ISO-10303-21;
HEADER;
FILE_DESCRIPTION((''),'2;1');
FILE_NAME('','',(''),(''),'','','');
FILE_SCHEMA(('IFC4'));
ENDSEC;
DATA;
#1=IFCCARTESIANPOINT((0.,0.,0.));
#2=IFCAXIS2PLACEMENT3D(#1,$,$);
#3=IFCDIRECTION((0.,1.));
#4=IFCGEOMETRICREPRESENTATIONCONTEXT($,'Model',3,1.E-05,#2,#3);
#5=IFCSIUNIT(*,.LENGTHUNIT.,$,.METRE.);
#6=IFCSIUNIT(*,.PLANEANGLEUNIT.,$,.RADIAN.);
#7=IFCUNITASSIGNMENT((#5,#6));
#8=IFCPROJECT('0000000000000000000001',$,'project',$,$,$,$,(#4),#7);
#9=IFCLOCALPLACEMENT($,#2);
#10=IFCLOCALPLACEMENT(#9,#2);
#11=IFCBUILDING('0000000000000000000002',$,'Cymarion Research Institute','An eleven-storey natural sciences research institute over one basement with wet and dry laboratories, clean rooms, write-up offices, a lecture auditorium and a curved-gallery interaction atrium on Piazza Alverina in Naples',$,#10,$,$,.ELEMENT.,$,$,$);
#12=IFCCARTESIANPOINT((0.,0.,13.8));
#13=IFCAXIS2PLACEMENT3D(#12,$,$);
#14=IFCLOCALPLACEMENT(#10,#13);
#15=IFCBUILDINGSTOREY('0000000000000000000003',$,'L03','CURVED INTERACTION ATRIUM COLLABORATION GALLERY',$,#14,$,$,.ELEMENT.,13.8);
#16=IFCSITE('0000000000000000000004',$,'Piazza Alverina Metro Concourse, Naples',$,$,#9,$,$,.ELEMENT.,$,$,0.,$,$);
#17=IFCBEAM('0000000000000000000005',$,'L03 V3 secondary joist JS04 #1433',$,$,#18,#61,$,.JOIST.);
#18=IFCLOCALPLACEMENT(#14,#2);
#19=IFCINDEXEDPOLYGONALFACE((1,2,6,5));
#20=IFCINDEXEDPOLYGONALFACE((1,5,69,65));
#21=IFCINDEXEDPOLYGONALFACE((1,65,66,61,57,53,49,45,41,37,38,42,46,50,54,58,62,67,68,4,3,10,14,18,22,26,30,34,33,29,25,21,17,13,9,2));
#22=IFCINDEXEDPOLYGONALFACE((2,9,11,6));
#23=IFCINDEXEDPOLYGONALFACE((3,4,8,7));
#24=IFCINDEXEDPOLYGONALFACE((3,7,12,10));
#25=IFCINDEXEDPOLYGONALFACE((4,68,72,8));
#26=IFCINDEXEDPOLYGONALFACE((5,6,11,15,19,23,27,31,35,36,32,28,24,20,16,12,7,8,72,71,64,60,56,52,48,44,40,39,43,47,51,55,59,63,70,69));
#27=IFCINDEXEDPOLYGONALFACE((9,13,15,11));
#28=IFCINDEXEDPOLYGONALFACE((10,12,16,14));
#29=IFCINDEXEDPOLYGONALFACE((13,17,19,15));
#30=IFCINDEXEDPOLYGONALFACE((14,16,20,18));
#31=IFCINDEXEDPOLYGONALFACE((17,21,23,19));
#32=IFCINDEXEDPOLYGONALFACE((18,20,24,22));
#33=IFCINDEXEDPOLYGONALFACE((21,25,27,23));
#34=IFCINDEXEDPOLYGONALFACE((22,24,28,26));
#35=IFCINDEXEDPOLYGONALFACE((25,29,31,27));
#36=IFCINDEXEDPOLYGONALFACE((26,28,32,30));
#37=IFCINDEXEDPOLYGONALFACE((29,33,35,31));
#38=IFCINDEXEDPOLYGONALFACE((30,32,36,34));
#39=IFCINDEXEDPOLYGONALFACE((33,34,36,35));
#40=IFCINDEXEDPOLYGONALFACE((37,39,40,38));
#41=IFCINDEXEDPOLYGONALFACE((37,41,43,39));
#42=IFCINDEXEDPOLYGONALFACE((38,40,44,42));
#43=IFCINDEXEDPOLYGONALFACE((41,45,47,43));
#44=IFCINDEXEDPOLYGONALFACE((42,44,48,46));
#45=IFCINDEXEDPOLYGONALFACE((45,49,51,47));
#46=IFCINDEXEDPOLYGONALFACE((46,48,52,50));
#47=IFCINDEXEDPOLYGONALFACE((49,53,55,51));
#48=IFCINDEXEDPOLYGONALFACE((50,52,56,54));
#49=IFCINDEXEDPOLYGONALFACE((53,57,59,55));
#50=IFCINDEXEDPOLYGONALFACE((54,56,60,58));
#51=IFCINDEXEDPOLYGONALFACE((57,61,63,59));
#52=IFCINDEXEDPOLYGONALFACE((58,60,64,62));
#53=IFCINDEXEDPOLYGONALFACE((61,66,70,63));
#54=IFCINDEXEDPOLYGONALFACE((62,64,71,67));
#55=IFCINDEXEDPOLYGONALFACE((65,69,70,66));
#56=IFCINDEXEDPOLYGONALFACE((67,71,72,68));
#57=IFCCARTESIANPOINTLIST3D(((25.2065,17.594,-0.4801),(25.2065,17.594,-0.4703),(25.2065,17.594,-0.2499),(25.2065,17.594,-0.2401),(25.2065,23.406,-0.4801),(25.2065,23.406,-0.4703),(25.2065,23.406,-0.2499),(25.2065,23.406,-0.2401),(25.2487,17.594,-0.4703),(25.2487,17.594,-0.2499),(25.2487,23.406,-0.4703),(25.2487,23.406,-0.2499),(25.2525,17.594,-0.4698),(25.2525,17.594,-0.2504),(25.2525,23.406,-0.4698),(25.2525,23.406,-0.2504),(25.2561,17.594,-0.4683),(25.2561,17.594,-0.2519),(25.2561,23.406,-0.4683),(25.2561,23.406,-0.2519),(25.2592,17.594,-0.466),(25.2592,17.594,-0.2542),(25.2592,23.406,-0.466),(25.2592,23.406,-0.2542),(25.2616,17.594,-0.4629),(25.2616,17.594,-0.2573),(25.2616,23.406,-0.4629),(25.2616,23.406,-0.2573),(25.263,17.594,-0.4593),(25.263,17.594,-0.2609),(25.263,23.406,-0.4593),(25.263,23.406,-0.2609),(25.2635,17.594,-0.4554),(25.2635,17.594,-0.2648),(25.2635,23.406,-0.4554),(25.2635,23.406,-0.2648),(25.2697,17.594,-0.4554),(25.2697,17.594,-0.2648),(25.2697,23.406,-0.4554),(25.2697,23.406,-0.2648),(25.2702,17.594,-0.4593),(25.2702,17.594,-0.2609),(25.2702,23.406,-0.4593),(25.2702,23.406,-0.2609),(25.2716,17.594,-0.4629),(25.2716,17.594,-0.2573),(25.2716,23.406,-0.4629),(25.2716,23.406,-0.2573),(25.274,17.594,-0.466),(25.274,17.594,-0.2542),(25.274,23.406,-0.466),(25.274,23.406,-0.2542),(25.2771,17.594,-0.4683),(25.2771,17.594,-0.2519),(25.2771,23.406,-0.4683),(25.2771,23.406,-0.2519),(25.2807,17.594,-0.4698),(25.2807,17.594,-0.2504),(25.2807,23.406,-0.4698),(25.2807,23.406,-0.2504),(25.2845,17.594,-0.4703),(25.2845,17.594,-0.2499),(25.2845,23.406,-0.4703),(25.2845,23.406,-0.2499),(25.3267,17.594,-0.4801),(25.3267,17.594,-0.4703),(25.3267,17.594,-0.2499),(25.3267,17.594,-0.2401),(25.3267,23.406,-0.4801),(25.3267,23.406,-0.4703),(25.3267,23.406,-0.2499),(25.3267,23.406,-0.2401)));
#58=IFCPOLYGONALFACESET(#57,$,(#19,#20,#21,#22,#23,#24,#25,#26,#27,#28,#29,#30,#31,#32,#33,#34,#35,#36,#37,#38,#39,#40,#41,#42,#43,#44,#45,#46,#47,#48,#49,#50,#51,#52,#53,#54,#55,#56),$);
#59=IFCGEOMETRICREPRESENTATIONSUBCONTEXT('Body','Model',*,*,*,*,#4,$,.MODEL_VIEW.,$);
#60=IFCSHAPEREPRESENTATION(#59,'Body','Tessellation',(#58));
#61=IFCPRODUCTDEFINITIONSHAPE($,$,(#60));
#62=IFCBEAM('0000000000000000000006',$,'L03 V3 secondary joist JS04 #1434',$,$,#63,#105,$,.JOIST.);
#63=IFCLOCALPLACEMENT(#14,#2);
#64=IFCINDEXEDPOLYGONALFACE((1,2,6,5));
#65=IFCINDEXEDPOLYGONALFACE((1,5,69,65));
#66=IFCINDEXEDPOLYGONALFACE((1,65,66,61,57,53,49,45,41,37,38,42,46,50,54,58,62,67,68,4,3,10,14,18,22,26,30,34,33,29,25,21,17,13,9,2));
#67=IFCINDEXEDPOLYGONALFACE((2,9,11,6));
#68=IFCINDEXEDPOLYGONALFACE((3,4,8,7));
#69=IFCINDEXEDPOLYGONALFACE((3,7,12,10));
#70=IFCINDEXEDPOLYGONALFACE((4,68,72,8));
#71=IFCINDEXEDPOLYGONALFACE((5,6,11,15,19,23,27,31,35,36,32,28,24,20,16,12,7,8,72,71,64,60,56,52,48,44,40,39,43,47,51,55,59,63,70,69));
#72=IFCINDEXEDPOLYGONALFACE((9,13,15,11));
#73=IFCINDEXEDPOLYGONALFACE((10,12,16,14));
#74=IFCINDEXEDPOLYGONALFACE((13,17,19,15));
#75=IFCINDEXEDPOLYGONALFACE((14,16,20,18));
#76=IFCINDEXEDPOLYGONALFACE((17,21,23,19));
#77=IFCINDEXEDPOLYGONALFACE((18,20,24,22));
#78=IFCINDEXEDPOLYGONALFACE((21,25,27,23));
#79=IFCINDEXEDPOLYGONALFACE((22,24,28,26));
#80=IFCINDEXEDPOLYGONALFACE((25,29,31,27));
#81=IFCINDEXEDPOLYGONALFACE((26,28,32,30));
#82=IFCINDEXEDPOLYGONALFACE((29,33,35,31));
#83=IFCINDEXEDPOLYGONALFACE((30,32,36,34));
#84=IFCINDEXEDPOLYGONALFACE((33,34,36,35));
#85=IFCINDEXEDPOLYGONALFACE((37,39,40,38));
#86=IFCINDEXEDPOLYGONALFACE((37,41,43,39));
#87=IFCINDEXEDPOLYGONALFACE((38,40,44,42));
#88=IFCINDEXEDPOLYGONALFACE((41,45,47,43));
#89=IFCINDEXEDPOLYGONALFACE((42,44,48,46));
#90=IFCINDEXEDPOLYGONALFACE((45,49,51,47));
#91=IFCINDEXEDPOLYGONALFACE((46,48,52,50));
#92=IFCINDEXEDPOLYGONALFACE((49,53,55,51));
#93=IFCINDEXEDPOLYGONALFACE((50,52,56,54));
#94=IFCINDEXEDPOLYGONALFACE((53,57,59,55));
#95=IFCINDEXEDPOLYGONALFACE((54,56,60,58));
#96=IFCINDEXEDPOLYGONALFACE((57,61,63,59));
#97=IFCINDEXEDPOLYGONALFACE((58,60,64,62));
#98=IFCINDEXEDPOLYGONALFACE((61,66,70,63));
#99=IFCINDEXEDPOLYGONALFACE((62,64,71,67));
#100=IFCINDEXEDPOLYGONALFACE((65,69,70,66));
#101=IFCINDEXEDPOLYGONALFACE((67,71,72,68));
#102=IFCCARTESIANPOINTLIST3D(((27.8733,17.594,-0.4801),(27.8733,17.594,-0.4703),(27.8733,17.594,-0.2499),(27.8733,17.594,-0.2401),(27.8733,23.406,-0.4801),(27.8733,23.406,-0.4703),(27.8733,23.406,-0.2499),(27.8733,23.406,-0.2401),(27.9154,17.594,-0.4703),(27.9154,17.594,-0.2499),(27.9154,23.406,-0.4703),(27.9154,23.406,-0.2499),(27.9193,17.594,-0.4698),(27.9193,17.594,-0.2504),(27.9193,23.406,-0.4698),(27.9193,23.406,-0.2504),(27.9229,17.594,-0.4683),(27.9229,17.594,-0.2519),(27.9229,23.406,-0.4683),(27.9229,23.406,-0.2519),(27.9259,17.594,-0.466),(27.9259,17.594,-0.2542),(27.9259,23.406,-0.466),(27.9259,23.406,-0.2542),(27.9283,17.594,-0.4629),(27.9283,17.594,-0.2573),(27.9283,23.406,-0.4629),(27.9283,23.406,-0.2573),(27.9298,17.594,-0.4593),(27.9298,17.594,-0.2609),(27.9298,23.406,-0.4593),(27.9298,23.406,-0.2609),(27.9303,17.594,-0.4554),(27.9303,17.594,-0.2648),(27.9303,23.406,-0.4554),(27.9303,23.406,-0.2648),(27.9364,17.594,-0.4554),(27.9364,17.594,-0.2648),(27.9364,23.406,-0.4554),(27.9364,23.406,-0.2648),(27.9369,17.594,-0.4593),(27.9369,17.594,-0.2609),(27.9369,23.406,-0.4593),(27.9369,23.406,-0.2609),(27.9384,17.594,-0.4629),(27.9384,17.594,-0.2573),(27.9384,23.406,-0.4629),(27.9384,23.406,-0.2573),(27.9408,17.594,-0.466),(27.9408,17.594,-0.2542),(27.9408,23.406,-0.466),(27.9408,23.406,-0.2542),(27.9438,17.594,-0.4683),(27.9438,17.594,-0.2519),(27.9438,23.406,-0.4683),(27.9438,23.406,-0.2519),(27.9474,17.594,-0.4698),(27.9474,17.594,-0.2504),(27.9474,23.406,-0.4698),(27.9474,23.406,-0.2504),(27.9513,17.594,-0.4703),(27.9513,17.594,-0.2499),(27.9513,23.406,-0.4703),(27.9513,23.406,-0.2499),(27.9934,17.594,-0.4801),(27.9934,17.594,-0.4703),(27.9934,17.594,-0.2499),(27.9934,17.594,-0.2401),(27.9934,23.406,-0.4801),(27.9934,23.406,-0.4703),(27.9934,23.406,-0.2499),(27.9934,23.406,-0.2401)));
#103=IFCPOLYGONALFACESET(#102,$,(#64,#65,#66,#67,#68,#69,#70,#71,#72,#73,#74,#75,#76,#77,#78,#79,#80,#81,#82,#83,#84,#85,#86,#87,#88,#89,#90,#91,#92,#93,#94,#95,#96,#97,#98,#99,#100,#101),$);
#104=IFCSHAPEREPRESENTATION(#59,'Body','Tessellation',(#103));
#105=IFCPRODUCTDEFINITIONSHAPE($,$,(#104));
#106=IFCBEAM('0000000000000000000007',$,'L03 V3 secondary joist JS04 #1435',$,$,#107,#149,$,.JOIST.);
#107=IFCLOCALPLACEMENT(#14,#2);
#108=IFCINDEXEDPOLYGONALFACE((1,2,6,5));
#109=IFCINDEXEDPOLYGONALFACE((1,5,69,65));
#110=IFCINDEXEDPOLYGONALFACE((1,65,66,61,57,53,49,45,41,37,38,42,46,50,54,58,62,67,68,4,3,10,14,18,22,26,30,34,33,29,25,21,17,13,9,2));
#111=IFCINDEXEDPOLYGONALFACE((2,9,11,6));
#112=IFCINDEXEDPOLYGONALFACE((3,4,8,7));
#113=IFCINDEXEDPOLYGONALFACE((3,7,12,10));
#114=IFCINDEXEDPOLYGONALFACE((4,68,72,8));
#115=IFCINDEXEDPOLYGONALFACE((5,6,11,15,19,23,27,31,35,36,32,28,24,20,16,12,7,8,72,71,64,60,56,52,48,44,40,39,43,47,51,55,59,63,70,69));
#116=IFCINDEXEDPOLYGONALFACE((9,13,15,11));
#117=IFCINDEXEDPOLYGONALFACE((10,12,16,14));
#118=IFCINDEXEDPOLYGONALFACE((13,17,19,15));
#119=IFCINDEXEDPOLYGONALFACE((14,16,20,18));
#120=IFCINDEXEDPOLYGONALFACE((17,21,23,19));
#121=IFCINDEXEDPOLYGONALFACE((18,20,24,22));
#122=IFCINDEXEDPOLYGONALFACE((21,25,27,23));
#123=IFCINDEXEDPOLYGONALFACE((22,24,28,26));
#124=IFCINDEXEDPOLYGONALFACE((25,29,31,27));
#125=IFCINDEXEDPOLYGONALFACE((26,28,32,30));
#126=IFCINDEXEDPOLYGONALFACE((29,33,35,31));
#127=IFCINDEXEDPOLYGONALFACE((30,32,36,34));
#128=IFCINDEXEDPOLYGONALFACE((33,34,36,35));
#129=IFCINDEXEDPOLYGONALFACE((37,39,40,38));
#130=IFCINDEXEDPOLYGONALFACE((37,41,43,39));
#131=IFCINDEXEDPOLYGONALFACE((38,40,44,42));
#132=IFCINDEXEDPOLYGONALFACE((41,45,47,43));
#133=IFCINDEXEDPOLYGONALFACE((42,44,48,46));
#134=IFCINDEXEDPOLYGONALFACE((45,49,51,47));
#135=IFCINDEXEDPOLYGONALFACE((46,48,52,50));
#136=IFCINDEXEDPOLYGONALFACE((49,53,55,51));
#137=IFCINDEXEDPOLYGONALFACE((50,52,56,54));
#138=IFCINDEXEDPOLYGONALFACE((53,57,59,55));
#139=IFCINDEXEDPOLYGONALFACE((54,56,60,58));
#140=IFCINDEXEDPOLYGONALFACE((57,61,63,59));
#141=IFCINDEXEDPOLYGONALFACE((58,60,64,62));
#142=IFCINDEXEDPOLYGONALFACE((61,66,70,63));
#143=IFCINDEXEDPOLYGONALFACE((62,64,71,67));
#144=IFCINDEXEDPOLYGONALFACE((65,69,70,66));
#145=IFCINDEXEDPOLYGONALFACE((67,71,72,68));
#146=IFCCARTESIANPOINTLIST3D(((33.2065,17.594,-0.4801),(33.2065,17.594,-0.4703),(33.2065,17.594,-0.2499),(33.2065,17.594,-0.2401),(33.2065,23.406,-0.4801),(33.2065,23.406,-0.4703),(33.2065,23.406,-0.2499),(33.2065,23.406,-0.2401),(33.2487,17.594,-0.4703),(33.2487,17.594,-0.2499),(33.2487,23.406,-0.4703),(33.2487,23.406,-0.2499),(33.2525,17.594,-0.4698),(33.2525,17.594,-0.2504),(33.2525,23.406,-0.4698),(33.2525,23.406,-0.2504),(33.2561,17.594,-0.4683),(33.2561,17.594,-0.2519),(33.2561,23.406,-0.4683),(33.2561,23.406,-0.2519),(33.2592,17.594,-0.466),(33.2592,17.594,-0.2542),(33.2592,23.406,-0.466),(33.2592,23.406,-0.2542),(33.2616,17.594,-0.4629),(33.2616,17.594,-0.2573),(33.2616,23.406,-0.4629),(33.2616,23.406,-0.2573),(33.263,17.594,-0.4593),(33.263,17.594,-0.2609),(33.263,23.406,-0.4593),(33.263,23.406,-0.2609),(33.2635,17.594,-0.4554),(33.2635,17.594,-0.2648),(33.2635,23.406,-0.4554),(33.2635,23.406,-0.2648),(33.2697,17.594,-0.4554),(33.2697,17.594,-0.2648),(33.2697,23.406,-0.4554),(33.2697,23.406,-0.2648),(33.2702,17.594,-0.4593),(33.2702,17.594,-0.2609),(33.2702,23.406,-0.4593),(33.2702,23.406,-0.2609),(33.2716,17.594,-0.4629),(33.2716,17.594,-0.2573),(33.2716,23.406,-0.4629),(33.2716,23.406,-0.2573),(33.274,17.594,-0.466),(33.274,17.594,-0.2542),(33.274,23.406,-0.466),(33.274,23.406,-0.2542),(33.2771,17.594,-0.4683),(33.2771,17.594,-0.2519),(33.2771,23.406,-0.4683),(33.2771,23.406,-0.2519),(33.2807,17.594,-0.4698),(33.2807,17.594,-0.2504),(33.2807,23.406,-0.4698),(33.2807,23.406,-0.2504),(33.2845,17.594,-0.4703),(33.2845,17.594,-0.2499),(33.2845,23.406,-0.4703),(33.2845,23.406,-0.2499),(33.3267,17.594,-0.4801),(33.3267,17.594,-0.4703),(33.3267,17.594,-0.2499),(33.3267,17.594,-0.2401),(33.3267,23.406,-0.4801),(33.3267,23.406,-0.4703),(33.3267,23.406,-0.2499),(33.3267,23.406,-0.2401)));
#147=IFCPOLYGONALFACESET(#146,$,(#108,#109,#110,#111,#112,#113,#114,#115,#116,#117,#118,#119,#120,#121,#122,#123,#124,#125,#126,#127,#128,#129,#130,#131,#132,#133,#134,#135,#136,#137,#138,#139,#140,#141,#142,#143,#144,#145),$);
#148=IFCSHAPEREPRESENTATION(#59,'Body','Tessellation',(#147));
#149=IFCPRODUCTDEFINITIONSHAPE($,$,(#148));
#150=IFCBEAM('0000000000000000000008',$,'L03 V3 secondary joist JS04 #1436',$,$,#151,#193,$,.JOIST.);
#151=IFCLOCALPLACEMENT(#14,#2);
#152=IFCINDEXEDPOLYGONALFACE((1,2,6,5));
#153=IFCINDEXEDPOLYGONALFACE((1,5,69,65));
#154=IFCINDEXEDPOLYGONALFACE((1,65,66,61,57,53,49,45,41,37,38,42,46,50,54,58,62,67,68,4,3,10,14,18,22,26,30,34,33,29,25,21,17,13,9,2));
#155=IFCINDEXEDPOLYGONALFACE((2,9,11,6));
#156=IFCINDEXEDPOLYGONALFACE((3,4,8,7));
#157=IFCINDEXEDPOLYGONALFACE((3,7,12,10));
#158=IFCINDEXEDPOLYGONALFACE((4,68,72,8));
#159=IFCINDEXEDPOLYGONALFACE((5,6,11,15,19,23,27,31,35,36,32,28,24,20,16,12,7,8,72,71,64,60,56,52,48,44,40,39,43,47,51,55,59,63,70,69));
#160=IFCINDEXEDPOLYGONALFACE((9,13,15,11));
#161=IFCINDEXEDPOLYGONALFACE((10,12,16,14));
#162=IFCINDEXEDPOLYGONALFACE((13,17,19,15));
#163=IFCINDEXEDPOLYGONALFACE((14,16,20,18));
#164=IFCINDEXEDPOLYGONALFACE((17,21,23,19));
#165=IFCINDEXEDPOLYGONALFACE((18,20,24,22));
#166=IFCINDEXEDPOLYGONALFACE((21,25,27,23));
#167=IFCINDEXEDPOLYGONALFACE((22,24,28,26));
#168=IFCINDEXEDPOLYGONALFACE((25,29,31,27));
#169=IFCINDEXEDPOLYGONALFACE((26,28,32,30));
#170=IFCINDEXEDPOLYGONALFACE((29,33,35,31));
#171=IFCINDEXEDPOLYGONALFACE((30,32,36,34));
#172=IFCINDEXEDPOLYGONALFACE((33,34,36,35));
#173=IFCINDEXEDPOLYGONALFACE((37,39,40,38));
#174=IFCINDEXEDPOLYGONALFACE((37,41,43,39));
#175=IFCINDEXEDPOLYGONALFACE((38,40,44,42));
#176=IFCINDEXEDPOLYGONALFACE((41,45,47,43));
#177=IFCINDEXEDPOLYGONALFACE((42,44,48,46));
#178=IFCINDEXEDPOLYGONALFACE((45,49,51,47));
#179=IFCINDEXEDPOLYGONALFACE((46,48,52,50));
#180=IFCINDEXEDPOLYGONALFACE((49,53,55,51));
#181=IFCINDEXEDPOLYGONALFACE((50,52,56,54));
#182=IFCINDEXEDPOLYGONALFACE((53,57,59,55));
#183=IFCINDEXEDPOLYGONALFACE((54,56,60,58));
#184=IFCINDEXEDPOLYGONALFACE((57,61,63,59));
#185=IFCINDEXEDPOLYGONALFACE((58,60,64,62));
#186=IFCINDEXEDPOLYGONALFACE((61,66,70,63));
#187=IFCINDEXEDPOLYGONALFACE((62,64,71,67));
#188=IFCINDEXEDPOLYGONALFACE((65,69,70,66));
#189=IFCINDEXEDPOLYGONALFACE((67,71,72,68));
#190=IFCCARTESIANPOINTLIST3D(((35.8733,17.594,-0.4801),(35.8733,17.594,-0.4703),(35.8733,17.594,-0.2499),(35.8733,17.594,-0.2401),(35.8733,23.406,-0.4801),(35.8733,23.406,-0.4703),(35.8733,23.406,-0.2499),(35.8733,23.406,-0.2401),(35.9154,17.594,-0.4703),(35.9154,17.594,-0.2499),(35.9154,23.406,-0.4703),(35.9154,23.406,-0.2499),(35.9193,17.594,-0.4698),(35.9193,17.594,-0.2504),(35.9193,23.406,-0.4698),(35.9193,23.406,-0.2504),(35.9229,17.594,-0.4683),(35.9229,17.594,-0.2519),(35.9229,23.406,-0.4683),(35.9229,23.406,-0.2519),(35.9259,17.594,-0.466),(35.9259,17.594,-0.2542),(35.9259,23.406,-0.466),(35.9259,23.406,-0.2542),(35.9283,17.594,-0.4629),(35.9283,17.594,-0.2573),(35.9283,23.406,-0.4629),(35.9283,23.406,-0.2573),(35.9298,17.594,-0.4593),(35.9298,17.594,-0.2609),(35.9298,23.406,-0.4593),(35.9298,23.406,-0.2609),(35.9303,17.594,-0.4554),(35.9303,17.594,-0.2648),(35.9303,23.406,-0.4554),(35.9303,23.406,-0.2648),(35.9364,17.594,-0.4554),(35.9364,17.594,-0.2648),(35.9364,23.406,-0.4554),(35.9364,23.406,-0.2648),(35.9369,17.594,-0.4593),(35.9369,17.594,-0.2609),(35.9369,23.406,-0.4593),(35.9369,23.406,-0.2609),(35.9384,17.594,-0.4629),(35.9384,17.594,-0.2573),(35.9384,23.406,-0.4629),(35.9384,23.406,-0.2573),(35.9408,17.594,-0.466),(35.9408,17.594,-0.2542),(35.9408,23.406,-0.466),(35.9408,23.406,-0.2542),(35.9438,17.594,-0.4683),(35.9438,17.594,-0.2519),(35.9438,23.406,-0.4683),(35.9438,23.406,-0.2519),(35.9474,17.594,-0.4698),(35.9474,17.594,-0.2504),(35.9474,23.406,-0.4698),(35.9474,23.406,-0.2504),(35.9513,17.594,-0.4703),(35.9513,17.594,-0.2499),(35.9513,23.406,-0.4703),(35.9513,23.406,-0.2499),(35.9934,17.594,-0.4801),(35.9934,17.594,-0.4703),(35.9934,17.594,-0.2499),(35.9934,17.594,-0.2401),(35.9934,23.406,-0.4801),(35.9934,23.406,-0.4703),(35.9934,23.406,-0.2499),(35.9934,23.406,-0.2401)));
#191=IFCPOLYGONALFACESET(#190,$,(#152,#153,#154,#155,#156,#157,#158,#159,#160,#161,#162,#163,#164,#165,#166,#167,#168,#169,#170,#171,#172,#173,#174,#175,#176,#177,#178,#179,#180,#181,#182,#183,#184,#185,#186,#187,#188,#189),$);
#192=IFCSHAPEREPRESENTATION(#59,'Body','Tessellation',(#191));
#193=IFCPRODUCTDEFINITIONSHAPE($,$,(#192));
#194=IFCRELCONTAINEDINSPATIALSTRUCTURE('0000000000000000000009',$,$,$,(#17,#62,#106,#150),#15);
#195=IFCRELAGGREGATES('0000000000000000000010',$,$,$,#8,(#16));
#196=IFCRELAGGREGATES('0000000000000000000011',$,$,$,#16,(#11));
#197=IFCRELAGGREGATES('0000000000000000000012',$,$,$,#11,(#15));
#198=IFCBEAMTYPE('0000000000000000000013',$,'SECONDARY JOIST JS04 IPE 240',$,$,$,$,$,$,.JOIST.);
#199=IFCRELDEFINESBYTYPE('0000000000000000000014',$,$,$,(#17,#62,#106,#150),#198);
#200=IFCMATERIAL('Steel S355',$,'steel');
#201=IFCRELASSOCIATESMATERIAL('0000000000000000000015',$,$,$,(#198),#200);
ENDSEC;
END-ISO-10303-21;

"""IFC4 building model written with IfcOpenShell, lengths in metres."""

from ifc_helpers import new_model, si_unit, direction, frame, origin, origin_2d, place, context, subcontext, project, spatial, i_section, extrude, material, material_profile, profile_set, type_object, element, save


model = new_model("IFC4")

# Units and contexts
model_context = context("Model", 3, precision=1e-05, world=origin(), true_north=direction((0.0, 1.0)))
body_context = subcontext(model_context, "Body", "Model", "MODEL_VIEW")
ifc_project = project(units=[si_unit("LENGTHUNIT", "METRE"), si_unit("PLANEANGLEUNIT", "RADIAN")], contexts=[model_context])

# Site, building, storey
site_placement = place(None, origin())
site = spatial("IfcSite", under=ifc_project, at=site_placement, Name="Piazza Alverina Metro Concourse, Naples", CompositionType="ELEMENT", RefElevation=0.0)
building_placement = place(site_placement, origin())
building = spatial("IfcBuilding", under=site, at=building_placement, Name="Cymarion Research Institute", Description="An eleven-storey natural sciences research institute over one basement with wet and dry laboratories, clean rooms, write-up offices, a lecture auditorium and a curved-gallery interaction atrium on Piazza Alverina in Naples", CompositionType="ELEMENT")
storey_placement = place(building_placement, frame((0.0, 0.0, 13.8)))
storey = spatial("IfcBuildingStorey", under=building, at=storey_placement, Name="L03", Description="CURVED INTERACTION ATRIUM COLLABORATION GALLERY", CompositionType="ELEMENT", Elevation=13.8)

# Beams
ifc_material_1 = material(Name="Steel S355", Category="steel")
ifc_material_profile_1 = material_profile(ifc_material_1, i_section(OverallWidth=0.1201, OverallDepth=0.24, WebThickness=0.0061, FlangeThickness=0.0098, FilletRadius=0.0149, at=origin_2d()), Name="IPE 240")
ifc_profile_set_1 = profile_set([ifc_material_profile_1], Name="Steel S355")
beam_type_1 = type_object("IfcBeamType", Name="SECONDARY JOIST JS04 IPE 240", PredefinedType="JOIST", material=ifc_profile_set_1)
for number, where, z_axis, x_axis, name in (
    (1, (25.2666, 17.594, -0.3601), (0.0, 1.0, 0.0), (-1.0, 0.0, 0.0), "L03 V3 secondary joist JS04 #1433"),
    (2, (27.9333, 17.594, -0.3601), (0.0, 1.0, 0.0), (-1.0, 0.0, 0.0), "L03 V3 secondary joist JS04 #1434"),
    (3, (33.2666, 17.594, -0.3601), (0.0, 1.0, 0.0), (-1.0, 0.0, 0.0), "L03 V3 secondary joist JS04 #1435"),
    (4, (35.9333, 17.594, -0.3601), (0.0, 1.0, 0.0), (-1.0, 0.0, 0.0), "L03 V3 secondary joist JS04 #1436"),
):
    element("IfcBeam", number, at=place(storey_placement, frame(where, z_axis=z_axis, x_axis=x_axis)), inside=storey, type_object=beam_type_1, Name=name, PredefinedType="JOIST", context=body_context, shape_type="SweptSolid", body=[
        extrude(i_section(OverallWidth=0.1201, OverallDepth=0.24, WebThickness=0.0061, FlangeThickness=0.0098, FilletRadius=0.0149, at=origin_2d()), origin(), (0.0, 0.0, 1.0), 5.812),
    ])

save(model, "model.ifc")
